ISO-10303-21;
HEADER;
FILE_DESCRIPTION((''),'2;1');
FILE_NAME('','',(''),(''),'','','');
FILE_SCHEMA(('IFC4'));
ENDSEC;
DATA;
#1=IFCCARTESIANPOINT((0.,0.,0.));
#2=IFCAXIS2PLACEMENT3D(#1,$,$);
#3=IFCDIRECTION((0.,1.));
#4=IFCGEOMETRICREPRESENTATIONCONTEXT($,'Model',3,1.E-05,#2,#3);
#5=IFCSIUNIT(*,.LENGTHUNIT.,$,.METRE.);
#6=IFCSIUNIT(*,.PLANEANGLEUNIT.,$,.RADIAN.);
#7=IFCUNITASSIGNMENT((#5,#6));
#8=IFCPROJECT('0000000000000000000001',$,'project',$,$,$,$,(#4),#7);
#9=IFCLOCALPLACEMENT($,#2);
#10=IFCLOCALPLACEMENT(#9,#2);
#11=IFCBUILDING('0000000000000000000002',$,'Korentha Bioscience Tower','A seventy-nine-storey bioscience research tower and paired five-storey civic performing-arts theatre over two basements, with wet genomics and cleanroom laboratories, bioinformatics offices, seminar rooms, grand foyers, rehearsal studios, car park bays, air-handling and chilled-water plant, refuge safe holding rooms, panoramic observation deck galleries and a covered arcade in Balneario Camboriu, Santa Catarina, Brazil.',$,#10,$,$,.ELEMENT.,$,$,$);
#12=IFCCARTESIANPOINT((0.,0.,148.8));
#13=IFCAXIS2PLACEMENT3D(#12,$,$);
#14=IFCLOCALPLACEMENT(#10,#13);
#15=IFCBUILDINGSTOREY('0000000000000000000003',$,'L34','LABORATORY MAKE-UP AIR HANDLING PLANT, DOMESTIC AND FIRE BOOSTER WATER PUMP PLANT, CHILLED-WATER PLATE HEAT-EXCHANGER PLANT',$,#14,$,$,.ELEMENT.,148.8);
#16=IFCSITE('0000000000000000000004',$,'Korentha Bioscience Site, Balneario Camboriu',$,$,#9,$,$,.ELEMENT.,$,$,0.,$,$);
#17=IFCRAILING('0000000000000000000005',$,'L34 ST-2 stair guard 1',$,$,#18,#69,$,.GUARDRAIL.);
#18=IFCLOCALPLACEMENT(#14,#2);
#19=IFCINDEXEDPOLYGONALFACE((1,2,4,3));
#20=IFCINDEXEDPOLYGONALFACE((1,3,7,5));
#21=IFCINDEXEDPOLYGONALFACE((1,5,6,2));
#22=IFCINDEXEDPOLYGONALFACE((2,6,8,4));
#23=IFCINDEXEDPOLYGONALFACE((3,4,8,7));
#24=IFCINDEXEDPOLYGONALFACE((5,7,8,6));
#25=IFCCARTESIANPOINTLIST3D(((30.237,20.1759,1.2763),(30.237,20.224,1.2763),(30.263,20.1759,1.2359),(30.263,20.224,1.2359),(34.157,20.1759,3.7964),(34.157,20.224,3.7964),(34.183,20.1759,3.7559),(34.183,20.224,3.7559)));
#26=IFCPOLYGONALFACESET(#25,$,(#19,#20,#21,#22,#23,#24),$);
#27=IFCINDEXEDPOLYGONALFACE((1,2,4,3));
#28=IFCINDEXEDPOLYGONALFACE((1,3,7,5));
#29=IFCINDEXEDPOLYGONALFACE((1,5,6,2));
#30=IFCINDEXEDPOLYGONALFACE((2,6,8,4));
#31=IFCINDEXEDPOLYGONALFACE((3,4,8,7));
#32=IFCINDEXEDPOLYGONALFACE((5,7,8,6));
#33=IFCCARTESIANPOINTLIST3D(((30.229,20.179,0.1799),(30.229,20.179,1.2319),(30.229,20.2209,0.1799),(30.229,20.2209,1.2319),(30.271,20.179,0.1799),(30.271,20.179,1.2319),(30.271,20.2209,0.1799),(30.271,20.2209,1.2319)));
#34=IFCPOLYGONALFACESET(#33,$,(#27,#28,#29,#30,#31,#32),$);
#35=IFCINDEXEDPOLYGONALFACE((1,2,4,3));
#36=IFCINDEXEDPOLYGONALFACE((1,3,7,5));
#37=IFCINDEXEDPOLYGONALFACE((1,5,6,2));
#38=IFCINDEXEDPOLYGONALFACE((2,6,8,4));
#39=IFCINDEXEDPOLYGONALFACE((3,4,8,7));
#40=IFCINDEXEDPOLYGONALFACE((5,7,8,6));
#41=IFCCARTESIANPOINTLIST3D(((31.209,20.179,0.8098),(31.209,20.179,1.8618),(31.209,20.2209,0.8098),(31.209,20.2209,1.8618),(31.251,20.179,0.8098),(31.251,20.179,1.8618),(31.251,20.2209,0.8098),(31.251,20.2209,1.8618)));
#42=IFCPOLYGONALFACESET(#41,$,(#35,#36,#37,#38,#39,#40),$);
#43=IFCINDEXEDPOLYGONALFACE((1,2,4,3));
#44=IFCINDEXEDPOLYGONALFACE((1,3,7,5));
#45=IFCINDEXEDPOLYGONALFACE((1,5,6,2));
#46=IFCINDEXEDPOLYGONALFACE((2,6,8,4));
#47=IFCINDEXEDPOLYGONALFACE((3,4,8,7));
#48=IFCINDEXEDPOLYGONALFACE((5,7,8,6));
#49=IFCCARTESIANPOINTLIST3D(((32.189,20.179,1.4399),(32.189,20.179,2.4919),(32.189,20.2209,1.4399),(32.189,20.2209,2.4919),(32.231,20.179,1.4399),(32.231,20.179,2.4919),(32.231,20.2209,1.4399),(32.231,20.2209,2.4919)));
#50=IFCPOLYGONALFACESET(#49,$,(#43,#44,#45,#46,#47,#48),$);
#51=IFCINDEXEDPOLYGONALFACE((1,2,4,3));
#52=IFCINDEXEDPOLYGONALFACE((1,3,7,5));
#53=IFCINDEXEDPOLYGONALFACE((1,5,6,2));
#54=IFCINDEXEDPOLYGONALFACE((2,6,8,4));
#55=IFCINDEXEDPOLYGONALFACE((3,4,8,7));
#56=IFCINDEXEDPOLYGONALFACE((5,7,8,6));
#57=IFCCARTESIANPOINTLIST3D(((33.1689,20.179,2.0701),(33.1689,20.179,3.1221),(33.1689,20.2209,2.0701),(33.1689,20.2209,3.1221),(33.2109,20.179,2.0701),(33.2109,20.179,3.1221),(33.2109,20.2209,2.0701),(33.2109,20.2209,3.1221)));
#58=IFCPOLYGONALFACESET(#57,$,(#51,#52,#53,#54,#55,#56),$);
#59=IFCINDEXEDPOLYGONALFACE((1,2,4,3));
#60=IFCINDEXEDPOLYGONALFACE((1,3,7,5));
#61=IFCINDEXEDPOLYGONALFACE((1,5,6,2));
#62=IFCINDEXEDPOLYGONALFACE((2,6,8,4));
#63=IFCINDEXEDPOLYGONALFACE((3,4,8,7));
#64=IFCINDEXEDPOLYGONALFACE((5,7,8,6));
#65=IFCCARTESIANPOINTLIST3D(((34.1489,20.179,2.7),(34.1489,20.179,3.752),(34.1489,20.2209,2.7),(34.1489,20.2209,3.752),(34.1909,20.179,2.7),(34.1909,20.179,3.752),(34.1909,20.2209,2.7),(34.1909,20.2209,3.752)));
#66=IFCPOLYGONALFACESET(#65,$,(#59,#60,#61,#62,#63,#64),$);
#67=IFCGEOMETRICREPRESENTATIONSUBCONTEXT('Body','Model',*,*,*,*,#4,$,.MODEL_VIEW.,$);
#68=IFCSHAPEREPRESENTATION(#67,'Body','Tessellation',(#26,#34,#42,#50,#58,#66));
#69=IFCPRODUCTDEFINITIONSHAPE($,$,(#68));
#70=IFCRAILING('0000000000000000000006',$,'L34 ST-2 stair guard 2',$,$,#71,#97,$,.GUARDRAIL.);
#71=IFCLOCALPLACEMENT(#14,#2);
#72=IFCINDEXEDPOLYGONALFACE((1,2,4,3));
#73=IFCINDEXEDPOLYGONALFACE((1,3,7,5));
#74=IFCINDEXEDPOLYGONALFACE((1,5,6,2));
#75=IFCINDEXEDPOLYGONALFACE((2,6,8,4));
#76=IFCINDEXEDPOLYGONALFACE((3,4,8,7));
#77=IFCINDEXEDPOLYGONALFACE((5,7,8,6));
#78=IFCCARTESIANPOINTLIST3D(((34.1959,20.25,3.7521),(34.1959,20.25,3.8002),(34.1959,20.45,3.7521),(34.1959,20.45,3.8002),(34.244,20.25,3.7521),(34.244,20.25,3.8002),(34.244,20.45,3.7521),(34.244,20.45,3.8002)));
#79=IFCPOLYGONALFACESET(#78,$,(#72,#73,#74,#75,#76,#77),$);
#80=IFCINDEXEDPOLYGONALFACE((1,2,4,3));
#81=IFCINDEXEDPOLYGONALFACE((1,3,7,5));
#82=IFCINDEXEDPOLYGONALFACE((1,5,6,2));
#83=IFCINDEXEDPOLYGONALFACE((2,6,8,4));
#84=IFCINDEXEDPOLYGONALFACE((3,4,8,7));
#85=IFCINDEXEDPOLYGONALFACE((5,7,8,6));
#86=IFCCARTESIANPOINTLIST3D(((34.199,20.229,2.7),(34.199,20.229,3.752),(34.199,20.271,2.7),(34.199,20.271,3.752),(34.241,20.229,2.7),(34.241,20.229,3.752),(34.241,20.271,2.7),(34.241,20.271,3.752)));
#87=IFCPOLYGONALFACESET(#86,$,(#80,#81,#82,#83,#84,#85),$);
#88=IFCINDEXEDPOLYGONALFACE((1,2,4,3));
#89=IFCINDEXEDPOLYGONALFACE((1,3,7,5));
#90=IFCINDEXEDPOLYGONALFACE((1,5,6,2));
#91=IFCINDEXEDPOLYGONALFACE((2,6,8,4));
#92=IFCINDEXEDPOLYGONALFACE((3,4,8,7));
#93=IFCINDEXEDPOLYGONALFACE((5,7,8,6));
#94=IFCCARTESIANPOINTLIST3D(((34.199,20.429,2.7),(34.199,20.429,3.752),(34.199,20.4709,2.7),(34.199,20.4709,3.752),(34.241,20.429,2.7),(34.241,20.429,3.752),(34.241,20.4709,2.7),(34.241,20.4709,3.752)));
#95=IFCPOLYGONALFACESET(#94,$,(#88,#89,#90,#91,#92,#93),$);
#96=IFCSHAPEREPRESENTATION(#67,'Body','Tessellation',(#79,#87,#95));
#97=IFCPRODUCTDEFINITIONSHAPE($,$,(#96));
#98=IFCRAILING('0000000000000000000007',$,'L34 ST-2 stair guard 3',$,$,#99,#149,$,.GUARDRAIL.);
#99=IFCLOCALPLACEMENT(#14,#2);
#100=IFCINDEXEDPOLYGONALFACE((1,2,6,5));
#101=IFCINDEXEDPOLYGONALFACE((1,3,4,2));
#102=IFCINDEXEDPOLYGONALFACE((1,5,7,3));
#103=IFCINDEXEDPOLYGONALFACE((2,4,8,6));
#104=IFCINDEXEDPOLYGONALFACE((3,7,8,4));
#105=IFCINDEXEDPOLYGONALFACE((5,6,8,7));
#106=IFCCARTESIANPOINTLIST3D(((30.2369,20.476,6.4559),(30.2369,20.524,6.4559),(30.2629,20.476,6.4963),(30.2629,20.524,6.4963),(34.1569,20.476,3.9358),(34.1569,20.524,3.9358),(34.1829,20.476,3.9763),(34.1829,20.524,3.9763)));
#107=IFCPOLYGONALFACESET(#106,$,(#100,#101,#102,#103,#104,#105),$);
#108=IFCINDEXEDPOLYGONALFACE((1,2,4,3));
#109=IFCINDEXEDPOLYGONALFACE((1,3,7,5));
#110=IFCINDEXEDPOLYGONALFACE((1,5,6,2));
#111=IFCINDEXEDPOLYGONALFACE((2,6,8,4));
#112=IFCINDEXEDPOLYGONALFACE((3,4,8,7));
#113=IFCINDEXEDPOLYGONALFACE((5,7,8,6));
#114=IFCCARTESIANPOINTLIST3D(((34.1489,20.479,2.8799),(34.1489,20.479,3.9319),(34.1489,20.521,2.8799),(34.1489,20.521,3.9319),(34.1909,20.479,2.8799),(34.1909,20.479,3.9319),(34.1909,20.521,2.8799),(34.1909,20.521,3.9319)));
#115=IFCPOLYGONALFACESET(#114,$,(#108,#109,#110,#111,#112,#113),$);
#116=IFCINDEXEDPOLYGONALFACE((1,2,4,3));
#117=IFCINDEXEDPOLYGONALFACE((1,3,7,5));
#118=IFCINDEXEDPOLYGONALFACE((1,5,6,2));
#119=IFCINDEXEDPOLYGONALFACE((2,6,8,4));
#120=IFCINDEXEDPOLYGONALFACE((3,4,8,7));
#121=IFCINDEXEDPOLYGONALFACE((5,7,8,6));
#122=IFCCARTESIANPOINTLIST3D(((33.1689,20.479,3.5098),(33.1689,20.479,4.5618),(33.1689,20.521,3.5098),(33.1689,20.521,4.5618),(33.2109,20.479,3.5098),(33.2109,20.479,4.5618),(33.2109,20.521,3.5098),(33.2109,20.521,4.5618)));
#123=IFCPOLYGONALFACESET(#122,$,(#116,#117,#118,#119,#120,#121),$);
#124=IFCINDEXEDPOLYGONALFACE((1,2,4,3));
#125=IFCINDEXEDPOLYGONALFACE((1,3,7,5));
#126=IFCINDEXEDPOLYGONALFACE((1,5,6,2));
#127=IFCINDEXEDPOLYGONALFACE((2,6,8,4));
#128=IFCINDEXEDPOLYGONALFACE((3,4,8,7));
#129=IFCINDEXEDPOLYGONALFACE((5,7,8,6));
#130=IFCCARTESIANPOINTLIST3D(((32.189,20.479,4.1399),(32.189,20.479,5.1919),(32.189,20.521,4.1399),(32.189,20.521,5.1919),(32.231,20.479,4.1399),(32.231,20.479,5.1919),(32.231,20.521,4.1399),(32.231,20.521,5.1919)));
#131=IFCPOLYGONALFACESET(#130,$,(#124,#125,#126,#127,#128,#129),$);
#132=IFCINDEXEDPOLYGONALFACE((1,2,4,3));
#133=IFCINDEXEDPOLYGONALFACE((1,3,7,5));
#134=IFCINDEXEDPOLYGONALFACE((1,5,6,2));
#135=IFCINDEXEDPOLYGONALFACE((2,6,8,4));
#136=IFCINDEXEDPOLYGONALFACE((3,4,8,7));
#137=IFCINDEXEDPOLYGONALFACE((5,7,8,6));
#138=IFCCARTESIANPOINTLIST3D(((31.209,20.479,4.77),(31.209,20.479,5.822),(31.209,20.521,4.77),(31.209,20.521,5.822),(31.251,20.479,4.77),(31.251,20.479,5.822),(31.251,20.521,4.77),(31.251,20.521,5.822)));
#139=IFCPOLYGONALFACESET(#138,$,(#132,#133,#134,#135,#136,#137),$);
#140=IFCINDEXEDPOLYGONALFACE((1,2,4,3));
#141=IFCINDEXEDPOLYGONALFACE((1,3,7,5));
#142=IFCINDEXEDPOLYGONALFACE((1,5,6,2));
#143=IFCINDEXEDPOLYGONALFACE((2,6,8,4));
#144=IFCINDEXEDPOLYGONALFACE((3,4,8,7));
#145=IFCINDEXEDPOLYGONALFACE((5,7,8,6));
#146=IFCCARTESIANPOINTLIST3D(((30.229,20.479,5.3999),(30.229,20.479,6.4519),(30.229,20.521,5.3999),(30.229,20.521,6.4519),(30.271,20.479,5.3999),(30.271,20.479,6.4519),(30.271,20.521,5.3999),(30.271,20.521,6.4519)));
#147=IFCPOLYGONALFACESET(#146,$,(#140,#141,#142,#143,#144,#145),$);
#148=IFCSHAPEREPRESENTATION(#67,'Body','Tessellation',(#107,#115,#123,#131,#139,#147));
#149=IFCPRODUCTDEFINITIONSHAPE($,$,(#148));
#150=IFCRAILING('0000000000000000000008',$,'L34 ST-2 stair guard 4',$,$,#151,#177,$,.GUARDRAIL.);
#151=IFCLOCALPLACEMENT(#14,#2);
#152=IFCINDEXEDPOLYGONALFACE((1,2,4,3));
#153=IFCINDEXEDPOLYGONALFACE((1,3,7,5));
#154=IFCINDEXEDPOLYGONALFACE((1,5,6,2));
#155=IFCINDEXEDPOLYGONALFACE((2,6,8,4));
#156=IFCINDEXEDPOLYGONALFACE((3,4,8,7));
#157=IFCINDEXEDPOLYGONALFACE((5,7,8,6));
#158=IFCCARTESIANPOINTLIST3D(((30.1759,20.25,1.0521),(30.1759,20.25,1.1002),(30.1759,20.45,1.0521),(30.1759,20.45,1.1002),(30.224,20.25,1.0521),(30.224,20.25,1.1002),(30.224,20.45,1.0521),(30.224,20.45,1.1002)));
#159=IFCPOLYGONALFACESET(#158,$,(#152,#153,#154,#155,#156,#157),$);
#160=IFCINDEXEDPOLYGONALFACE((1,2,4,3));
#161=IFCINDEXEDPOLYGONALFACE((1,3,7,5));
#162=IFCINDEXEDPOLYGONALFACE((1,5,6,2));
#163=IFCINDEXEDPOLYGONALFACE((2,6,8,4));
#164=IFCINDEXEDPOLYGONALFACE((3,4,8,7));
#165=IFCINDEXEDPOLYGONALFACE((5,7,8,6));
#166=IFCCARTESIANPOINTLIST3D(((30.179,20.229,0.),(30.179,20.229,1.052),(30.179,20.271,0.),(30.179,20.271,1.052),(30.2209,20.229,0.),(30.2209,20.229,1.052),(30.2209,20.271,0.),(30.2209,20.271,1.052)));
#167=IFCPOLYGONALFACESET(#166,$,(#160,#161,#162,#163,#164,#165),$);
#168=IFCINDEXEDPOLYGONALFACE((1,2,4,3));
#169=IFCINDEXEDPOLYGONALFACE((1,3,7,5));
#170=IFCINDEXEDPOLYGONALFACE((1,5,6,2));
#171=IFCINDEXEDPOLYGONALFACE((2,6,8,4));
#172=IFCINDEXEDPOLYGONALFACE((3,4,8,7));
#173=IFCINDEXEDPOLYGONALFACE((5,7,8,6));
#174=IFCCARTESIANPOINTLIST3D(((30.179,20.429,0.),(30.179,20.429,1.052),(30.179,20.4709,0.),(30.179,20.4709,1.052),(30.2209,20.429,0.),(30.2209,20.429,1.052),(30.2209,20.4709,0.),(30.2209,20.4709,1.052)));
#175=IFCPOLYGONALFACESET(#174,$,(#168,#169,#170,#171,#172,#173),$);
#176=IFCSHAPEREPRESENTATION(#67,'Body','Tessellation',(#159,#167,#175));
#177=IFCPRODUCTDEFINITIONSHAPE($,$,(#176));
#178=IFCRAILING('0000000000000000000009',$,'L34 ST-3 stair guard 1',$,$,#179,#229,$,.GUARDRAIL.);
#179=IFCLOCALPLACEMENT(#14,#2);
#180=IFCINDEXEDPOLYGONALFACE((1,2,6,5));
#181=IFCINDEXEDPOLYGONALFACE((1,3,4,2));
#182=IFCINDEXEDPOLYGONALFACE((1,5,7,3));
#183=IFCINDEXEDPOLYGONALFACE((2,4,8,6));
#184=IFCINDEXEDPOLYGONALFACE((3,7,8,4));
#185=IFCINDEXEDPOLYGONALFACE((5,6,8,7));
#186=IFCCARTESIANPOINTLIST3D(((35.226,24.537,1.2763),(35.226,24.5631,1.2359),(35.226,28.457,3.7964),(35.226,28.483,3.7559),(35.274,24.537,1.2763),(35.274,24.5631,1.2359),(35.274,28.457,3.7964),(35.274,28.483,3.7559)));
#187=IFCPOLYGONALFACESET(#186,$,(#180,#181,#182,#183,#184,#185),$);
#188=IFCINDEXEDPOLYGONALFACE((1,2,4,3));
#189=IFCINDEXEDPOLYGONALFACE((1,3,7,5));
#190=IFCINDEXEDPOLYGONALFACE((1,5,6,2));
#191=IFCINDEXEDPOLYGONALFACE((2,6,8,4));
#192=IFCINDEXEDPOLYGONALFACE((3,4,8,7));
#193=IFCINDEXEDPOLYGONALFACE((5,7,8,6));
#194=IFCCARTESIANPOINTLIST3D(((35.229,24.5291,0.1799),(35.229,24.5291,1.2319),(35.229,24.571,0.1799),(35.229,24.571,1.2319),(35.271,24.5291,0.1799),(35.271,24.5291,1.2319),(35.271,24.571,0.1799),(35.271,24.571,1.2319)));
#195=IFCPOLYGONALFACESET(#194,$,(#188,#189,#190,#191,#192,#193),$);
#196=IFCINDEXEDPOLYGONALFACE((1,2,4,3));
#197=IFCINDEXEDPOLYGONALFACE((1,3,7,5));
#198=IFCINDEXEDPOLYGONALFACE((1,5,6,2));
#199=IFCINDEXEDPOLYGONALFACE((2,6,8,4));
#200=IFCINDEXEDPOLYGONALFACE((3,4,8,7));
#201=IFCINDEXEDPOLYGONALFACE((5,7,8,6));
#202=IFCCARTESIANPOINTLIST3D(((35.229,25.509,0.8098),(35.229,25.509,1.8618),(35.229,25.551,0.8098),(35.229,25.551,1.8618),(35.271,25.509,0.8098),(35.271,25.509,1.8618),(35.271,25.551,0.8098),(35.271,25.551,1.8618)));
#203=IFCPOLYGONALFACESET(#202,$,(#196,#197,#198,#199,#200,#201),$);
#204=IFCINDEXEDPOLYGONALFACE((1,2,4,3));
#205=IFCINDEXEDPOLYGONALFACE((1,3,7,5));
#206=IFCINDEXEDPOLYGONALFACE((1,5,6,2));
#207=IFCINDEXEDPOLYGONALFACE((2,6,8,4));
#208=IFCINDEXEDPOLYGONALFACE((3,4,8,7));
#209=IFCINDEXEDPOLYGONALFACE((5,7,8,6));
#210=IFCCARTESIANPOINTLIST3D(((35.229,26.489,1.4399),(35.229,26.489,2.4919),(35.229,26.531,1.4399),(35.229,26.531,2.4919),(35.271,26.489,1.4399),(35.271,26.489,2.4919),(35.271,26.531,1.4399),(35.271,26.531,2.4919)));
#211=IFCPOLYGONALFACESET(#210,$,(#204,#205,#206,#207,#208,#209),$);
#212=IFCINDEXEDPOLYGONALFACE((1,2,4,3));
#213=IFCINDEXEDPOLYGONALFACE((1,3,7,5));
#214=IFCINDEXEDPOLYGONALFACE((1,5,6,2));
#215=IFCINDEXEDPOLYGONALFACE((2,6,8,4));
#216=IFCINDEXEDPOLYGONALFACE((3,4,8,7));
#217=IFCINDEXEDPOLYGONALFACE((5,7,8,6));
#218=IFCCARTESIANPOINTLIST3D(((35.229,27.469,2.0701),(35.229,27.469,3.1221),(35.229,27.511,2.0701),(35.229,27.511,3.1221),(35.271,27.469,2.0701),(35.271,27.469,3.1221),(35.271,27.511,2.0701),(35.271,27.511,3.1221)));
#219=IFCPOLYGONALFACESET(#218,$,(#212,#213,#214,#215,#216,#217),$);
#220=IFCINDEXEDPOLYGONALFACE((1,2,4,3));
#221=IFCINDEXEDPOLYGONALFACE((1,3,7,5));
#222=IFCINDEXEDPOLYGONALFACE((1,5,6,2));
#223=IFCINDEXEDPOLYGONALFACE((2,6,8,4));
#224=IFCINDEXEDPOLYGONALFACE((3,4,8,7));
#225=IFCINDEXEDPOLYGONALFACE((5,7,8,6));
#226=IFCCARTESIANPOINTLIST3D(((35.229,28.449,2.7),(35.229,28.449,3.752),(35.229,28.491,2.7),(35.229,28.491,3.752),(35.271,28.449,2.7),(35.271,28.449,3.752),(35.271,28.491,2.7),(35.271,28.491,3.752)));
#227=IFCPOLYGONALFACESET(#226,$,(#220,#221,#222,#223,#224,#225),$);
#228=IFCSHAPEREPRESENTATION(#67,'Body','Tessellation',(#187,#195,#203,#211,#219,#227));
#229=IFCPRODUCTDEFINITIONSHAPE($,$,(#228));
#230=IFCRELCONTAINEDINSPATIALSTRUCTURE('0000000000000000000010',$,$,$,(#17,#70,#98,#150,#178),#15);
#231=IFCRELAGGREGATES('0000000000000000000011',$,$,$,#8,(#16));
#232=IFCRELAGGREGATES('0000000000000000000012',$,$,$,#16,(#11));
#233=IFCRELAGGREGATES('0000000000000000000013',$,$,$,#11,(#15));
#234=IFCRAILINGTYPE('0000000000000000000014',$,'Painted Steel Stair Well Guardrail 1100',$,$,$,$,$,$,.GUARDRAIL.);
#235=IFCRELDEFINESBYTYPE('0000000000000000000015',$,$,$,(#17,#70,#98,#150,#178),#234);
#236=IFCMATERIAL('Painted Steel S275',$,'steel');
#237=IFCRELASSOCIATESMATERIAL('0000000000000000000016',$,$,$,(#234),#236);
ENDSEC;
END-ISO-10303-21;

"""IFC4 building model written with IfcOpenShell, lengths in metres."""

from ifc_helpers import new_model, si_unit, direction, frame, origin, origin_2d, place, context, subcontext, project, spatial, rectangle, extrude, material, type_object, element, save


model = new_model("IFC4")

# Units and contexts
model_context = context("Model", 3, precision=1e-05, world=origin(), true_north=direction((0.0, 1.0)))
body_context = subcontext(model_context, "Body", "Model", "MODEL_VIEW")
ifc_project = project(units=[si_unit("LENGTHUNIT", "METRE"), si_unit("PLANEANGLEUNIT", "RADIAN")], contexts=[model_context])

# Site, building, storey
site_placement = place(None, origin())
site = spatial("IfcSite", under=ifc_project, at=site_placement, Name="Korentha Bioscience Site, Balneario Camboriu", CompositionType="ELEMENT", RefElevation=0.0)
building_placement = place(site_placement, origin())
building = spatial("IfcBuilding", under=site, at=building_placement, Name="Korentha Bioscience Tower", Description="A seventy-nine-storey bioscience research tower and paired five-storey civic performing-arts theatre over two basements, with wet genomics and cleanroom laboratories, bioinformatics offices, seminar rooms, grand foyers, rehearsal studios, car park bays, air-handling and chilled-water plant, refuge safe holding rooms, panoramic observation deck galleries and a covered arcade in Balneario Camboriu, Santa Catarina, Brazil.", CompositionType="ELEMENT")
storey_placement = place(building_placement, frame((0.0, 0.0, 148.8)))
storey = spatial("IfcBuildingStorey", under=building, at=storey_placement, Name="L34", Description="LABORATORY MAKE-UP AIR HANDLING PLANT, DOMESTIC AND FIRE BOOSTER WATER PUMP PLANT, CHILLED-WATER PLATE HEAT-EXCHANGER PLANT", CompositionType="ELEMENT", Elevation=148.8)

# Railings
ifc_material_1 = material(Name="Painted Steel S275", Category="steel")
railing_type_1 = type_object("IfcRailingType", Name="Painted Steel Stair Well Guardrail 1100", PredefinedType="GUARDRAIL", material=ifc_material_1)
railing_1_placement = place(storey_placement, frame((30.25, 20.2, 0.1799)))
element("IfcRailing", 1, at=railing_1_placement, inside=storey, type_object=railing_type_1, Name="L34 ST-2 stair guard 1", PredefinedType="GUARDRAIL", context=body_context, shape_type="SweptSolid", body=[
    extrude(rectangle(XDim=0.0481, YDim=0.0481, at=origin_2d()), frame((0.0, 0.0, 1.0762), z_axis=(0.841172, 0.0, 0.540768), x_axis=(0.0, 1.0, 0.0)), (0.0, 0.0, 1.0), 4.6602),
    extrude(rectangle(XDim=0.042, YDim=0.042, at=origin_2d()), origin(), (0.0, 0.0, 1.0), 1.052),
    extrude(rectangle(XDim=0.042, YDim=0.042, at=origin_2d()), frame((0.98, 0.0, 0.6299)), (0.0, 0.0, 1.0), 1.052),
    extrude(rectangle(XDim=0.042, YDim=0.042, at=origin_2d()), frame((1.96, 0.0, 1.26)), (0.0, 0.0, 1.0), 1.052),
    extrude(rectangle(XDim=0.042, YDim=0.042, at=origin_2d()), frame((2.9399, 0.0, 1.8901)), (0.0, 0.0, 1.0), 1.052),
    extrude(rectangle(XDim=0.042, YDim=0.042, at=origin_2d()), frame((3.9199, 0.0, 2.52)), (0.0, 0.0, 1.0), 1.052),
])
railing_2_placement = place(storey_placement, frame((34.22, 20.25, 2.7)))
element("IfcRailing", 2, at=railing_2_placement, inside=storey, type_object=railing_type_1, Name="L34 ST-2 stair guard 2", PredefinedType="GUARDRAIL", context=body_context, shape_type="SweptSolid", body=[
    extrude(rectangle(XDim=0.0481, YDim=0.0481, at=origin_2d()), frame((0.0, 0.0, 1.0762), z_axis=(0.0, 1.0, 0.0), x_axis=(-1.0, 0.0, 0.0)), (0.0, 0.0, 1.0), 0.2),
    extrude(rectangle(XDim=0.042, YDim=0.042, at=origin_2d()), origin(), (0.0, 0.0, 1.0), 1.052),
    extrude(rectangle(XDim=0.042, YDim=0.042, at=origin_2d()), frame((0.0, 0.2, 0.0)), (0.0, 0.0, 1.0), 1.052),
])
railing_3_placement = place(storey_placement, frame((34.1699, 20.5, 2.8799)))
element("IfcRailing", 3, at=railing_3_placement, inside=storey, type_object=railing_type_1, Name="L34 ST-2 stair guard 3", PredefinedType="GUARDRAIL", context=body_context, shape_type="SweptSolid", body=[
    extrude(rectangle(XDim=0.0481, YDim=0.0481, at=origin_2d()), frame((0.0, 0.0, 1.0762), z_axis=(-0.841172, 0.0, 0.540768), x_axis=(0.0, -1.0, 0.0)), (0.0, 0.0, 1.0), 4.6602),
    extrude(rectangle(XDim=0.042, YDim=0.042, at=origin_2d()), origin(), (0.0, 0.0, 1.0), 1.052),
    extrude(rectangle(XDim=0.042, YDim=0.042, at=origin_2d()), frame((-0.98, 0.0, 0.6299)), (0.0, 0.0, 1.0), 1.052),
    extrude(rectangle(XDim=0.042, YDim=0.042, at=origin_2d()), frame((-1.96, 0.0, 1.26)), (0.0, 0.0, 1.0), 1.052),
    extrude(rectangle(XDim=0.042, YDim=0.042, at=origin_2d()), frame((-2.9399, 0.0, 1.8901)), (0.0, 0.0, 1.0), 1.052),
    extrude(rectangle(XDim=0.042, YDim=0.042, at=origin_2d()), frame((-3.9199, 0.0, 2.52)), (0.0, 0.0, 1.0), 1.052),
])
railing_4_placement = place(storey_placement, frame((30.2, 20.25, 0.0)))
element("IfcRailing", 4, at=railing_4_placement, inside=storey, type_object=railing_type_1, Name="L34 ST-2 stair guard 4", PredefinedType="GUARDRAIL", context=body_context, shape_type="SweptSolid", body=[
    extrude(rectangle(XDim=0.0481, YDim=0.0481, at=origin_2d()), frame((0.0, 0.0, 1.0762), z_axis=(0.0, 1.0, 0.0), x_axis=(-1.0, 0.0, 0.0)), (0.0, 0.0, 1.0), 0.2),
    extrude(rectangle(XDim=0.042, YDim=0.042, at=origin_2d()), origin(), (0.0, 0.0, 1.0), 1.052),
    extrude(rectangle(XDim=0.042, YDim=0.042, at=origin_2d()), frame((0.0, 0.2, 0.0)), (0.0, 0.0, 1.0), 1.052),
])
railing_5_placement = place(storey_placement, frame((35.25, 24.55, 0.1799)))
element("IfcRailing", 5, at=railing_5_placement, inside=storey, type_object=railing_type_1, Name="L34 ST-3 stair guard 1", PredefinedType="GUARDRAIL", context=body_context, shape_type="SweptSolid", body=[
    extrude(rectangle(XDim=0.0481, YDim=0.0481, at=origin_2d()), frame((0.0, 0.0, 1.0762), z_axis=(0.0, 0.841172, 0.540768), x_axis=(-1.0, 0.0, 0.0)), (0.0, 0.0, 1.0), 4.6602),
    extrude(rectangle(XDim=0.042, YDim=0.042, at=origin_2d()), origin(), (0.0, 0.0, 1.0), 1.052),
    extrude(rectangle(XDim=0.042, YDim=0.042, at=origin_2d()), frame((0.0, 0.98, 0.6299)), (0.0, 0.0, 1.0), 1.052),
    extrude(rectangle(XDim=0.042, YDim=0.042, at=origin_2d()), frame((0.0, 1.96, 1.26)), (0.0, 0.0, 1.0), 1.052),
    extrude(rectangle(XDim=0.042, YDim=0.042, at=origin_2d()), frame((0.0, 2.9399, 1.8901)), (0.0, 0.0, 1.0), 1.052),
    extrude(rectangle(XDim=0.042, YDim=0.042, at=origin_2d()), frame((0.0, 3.9199, 2.52)), (0.0, 0.0, 1.0), 1.052),
])

save(model, "model.ifc")
